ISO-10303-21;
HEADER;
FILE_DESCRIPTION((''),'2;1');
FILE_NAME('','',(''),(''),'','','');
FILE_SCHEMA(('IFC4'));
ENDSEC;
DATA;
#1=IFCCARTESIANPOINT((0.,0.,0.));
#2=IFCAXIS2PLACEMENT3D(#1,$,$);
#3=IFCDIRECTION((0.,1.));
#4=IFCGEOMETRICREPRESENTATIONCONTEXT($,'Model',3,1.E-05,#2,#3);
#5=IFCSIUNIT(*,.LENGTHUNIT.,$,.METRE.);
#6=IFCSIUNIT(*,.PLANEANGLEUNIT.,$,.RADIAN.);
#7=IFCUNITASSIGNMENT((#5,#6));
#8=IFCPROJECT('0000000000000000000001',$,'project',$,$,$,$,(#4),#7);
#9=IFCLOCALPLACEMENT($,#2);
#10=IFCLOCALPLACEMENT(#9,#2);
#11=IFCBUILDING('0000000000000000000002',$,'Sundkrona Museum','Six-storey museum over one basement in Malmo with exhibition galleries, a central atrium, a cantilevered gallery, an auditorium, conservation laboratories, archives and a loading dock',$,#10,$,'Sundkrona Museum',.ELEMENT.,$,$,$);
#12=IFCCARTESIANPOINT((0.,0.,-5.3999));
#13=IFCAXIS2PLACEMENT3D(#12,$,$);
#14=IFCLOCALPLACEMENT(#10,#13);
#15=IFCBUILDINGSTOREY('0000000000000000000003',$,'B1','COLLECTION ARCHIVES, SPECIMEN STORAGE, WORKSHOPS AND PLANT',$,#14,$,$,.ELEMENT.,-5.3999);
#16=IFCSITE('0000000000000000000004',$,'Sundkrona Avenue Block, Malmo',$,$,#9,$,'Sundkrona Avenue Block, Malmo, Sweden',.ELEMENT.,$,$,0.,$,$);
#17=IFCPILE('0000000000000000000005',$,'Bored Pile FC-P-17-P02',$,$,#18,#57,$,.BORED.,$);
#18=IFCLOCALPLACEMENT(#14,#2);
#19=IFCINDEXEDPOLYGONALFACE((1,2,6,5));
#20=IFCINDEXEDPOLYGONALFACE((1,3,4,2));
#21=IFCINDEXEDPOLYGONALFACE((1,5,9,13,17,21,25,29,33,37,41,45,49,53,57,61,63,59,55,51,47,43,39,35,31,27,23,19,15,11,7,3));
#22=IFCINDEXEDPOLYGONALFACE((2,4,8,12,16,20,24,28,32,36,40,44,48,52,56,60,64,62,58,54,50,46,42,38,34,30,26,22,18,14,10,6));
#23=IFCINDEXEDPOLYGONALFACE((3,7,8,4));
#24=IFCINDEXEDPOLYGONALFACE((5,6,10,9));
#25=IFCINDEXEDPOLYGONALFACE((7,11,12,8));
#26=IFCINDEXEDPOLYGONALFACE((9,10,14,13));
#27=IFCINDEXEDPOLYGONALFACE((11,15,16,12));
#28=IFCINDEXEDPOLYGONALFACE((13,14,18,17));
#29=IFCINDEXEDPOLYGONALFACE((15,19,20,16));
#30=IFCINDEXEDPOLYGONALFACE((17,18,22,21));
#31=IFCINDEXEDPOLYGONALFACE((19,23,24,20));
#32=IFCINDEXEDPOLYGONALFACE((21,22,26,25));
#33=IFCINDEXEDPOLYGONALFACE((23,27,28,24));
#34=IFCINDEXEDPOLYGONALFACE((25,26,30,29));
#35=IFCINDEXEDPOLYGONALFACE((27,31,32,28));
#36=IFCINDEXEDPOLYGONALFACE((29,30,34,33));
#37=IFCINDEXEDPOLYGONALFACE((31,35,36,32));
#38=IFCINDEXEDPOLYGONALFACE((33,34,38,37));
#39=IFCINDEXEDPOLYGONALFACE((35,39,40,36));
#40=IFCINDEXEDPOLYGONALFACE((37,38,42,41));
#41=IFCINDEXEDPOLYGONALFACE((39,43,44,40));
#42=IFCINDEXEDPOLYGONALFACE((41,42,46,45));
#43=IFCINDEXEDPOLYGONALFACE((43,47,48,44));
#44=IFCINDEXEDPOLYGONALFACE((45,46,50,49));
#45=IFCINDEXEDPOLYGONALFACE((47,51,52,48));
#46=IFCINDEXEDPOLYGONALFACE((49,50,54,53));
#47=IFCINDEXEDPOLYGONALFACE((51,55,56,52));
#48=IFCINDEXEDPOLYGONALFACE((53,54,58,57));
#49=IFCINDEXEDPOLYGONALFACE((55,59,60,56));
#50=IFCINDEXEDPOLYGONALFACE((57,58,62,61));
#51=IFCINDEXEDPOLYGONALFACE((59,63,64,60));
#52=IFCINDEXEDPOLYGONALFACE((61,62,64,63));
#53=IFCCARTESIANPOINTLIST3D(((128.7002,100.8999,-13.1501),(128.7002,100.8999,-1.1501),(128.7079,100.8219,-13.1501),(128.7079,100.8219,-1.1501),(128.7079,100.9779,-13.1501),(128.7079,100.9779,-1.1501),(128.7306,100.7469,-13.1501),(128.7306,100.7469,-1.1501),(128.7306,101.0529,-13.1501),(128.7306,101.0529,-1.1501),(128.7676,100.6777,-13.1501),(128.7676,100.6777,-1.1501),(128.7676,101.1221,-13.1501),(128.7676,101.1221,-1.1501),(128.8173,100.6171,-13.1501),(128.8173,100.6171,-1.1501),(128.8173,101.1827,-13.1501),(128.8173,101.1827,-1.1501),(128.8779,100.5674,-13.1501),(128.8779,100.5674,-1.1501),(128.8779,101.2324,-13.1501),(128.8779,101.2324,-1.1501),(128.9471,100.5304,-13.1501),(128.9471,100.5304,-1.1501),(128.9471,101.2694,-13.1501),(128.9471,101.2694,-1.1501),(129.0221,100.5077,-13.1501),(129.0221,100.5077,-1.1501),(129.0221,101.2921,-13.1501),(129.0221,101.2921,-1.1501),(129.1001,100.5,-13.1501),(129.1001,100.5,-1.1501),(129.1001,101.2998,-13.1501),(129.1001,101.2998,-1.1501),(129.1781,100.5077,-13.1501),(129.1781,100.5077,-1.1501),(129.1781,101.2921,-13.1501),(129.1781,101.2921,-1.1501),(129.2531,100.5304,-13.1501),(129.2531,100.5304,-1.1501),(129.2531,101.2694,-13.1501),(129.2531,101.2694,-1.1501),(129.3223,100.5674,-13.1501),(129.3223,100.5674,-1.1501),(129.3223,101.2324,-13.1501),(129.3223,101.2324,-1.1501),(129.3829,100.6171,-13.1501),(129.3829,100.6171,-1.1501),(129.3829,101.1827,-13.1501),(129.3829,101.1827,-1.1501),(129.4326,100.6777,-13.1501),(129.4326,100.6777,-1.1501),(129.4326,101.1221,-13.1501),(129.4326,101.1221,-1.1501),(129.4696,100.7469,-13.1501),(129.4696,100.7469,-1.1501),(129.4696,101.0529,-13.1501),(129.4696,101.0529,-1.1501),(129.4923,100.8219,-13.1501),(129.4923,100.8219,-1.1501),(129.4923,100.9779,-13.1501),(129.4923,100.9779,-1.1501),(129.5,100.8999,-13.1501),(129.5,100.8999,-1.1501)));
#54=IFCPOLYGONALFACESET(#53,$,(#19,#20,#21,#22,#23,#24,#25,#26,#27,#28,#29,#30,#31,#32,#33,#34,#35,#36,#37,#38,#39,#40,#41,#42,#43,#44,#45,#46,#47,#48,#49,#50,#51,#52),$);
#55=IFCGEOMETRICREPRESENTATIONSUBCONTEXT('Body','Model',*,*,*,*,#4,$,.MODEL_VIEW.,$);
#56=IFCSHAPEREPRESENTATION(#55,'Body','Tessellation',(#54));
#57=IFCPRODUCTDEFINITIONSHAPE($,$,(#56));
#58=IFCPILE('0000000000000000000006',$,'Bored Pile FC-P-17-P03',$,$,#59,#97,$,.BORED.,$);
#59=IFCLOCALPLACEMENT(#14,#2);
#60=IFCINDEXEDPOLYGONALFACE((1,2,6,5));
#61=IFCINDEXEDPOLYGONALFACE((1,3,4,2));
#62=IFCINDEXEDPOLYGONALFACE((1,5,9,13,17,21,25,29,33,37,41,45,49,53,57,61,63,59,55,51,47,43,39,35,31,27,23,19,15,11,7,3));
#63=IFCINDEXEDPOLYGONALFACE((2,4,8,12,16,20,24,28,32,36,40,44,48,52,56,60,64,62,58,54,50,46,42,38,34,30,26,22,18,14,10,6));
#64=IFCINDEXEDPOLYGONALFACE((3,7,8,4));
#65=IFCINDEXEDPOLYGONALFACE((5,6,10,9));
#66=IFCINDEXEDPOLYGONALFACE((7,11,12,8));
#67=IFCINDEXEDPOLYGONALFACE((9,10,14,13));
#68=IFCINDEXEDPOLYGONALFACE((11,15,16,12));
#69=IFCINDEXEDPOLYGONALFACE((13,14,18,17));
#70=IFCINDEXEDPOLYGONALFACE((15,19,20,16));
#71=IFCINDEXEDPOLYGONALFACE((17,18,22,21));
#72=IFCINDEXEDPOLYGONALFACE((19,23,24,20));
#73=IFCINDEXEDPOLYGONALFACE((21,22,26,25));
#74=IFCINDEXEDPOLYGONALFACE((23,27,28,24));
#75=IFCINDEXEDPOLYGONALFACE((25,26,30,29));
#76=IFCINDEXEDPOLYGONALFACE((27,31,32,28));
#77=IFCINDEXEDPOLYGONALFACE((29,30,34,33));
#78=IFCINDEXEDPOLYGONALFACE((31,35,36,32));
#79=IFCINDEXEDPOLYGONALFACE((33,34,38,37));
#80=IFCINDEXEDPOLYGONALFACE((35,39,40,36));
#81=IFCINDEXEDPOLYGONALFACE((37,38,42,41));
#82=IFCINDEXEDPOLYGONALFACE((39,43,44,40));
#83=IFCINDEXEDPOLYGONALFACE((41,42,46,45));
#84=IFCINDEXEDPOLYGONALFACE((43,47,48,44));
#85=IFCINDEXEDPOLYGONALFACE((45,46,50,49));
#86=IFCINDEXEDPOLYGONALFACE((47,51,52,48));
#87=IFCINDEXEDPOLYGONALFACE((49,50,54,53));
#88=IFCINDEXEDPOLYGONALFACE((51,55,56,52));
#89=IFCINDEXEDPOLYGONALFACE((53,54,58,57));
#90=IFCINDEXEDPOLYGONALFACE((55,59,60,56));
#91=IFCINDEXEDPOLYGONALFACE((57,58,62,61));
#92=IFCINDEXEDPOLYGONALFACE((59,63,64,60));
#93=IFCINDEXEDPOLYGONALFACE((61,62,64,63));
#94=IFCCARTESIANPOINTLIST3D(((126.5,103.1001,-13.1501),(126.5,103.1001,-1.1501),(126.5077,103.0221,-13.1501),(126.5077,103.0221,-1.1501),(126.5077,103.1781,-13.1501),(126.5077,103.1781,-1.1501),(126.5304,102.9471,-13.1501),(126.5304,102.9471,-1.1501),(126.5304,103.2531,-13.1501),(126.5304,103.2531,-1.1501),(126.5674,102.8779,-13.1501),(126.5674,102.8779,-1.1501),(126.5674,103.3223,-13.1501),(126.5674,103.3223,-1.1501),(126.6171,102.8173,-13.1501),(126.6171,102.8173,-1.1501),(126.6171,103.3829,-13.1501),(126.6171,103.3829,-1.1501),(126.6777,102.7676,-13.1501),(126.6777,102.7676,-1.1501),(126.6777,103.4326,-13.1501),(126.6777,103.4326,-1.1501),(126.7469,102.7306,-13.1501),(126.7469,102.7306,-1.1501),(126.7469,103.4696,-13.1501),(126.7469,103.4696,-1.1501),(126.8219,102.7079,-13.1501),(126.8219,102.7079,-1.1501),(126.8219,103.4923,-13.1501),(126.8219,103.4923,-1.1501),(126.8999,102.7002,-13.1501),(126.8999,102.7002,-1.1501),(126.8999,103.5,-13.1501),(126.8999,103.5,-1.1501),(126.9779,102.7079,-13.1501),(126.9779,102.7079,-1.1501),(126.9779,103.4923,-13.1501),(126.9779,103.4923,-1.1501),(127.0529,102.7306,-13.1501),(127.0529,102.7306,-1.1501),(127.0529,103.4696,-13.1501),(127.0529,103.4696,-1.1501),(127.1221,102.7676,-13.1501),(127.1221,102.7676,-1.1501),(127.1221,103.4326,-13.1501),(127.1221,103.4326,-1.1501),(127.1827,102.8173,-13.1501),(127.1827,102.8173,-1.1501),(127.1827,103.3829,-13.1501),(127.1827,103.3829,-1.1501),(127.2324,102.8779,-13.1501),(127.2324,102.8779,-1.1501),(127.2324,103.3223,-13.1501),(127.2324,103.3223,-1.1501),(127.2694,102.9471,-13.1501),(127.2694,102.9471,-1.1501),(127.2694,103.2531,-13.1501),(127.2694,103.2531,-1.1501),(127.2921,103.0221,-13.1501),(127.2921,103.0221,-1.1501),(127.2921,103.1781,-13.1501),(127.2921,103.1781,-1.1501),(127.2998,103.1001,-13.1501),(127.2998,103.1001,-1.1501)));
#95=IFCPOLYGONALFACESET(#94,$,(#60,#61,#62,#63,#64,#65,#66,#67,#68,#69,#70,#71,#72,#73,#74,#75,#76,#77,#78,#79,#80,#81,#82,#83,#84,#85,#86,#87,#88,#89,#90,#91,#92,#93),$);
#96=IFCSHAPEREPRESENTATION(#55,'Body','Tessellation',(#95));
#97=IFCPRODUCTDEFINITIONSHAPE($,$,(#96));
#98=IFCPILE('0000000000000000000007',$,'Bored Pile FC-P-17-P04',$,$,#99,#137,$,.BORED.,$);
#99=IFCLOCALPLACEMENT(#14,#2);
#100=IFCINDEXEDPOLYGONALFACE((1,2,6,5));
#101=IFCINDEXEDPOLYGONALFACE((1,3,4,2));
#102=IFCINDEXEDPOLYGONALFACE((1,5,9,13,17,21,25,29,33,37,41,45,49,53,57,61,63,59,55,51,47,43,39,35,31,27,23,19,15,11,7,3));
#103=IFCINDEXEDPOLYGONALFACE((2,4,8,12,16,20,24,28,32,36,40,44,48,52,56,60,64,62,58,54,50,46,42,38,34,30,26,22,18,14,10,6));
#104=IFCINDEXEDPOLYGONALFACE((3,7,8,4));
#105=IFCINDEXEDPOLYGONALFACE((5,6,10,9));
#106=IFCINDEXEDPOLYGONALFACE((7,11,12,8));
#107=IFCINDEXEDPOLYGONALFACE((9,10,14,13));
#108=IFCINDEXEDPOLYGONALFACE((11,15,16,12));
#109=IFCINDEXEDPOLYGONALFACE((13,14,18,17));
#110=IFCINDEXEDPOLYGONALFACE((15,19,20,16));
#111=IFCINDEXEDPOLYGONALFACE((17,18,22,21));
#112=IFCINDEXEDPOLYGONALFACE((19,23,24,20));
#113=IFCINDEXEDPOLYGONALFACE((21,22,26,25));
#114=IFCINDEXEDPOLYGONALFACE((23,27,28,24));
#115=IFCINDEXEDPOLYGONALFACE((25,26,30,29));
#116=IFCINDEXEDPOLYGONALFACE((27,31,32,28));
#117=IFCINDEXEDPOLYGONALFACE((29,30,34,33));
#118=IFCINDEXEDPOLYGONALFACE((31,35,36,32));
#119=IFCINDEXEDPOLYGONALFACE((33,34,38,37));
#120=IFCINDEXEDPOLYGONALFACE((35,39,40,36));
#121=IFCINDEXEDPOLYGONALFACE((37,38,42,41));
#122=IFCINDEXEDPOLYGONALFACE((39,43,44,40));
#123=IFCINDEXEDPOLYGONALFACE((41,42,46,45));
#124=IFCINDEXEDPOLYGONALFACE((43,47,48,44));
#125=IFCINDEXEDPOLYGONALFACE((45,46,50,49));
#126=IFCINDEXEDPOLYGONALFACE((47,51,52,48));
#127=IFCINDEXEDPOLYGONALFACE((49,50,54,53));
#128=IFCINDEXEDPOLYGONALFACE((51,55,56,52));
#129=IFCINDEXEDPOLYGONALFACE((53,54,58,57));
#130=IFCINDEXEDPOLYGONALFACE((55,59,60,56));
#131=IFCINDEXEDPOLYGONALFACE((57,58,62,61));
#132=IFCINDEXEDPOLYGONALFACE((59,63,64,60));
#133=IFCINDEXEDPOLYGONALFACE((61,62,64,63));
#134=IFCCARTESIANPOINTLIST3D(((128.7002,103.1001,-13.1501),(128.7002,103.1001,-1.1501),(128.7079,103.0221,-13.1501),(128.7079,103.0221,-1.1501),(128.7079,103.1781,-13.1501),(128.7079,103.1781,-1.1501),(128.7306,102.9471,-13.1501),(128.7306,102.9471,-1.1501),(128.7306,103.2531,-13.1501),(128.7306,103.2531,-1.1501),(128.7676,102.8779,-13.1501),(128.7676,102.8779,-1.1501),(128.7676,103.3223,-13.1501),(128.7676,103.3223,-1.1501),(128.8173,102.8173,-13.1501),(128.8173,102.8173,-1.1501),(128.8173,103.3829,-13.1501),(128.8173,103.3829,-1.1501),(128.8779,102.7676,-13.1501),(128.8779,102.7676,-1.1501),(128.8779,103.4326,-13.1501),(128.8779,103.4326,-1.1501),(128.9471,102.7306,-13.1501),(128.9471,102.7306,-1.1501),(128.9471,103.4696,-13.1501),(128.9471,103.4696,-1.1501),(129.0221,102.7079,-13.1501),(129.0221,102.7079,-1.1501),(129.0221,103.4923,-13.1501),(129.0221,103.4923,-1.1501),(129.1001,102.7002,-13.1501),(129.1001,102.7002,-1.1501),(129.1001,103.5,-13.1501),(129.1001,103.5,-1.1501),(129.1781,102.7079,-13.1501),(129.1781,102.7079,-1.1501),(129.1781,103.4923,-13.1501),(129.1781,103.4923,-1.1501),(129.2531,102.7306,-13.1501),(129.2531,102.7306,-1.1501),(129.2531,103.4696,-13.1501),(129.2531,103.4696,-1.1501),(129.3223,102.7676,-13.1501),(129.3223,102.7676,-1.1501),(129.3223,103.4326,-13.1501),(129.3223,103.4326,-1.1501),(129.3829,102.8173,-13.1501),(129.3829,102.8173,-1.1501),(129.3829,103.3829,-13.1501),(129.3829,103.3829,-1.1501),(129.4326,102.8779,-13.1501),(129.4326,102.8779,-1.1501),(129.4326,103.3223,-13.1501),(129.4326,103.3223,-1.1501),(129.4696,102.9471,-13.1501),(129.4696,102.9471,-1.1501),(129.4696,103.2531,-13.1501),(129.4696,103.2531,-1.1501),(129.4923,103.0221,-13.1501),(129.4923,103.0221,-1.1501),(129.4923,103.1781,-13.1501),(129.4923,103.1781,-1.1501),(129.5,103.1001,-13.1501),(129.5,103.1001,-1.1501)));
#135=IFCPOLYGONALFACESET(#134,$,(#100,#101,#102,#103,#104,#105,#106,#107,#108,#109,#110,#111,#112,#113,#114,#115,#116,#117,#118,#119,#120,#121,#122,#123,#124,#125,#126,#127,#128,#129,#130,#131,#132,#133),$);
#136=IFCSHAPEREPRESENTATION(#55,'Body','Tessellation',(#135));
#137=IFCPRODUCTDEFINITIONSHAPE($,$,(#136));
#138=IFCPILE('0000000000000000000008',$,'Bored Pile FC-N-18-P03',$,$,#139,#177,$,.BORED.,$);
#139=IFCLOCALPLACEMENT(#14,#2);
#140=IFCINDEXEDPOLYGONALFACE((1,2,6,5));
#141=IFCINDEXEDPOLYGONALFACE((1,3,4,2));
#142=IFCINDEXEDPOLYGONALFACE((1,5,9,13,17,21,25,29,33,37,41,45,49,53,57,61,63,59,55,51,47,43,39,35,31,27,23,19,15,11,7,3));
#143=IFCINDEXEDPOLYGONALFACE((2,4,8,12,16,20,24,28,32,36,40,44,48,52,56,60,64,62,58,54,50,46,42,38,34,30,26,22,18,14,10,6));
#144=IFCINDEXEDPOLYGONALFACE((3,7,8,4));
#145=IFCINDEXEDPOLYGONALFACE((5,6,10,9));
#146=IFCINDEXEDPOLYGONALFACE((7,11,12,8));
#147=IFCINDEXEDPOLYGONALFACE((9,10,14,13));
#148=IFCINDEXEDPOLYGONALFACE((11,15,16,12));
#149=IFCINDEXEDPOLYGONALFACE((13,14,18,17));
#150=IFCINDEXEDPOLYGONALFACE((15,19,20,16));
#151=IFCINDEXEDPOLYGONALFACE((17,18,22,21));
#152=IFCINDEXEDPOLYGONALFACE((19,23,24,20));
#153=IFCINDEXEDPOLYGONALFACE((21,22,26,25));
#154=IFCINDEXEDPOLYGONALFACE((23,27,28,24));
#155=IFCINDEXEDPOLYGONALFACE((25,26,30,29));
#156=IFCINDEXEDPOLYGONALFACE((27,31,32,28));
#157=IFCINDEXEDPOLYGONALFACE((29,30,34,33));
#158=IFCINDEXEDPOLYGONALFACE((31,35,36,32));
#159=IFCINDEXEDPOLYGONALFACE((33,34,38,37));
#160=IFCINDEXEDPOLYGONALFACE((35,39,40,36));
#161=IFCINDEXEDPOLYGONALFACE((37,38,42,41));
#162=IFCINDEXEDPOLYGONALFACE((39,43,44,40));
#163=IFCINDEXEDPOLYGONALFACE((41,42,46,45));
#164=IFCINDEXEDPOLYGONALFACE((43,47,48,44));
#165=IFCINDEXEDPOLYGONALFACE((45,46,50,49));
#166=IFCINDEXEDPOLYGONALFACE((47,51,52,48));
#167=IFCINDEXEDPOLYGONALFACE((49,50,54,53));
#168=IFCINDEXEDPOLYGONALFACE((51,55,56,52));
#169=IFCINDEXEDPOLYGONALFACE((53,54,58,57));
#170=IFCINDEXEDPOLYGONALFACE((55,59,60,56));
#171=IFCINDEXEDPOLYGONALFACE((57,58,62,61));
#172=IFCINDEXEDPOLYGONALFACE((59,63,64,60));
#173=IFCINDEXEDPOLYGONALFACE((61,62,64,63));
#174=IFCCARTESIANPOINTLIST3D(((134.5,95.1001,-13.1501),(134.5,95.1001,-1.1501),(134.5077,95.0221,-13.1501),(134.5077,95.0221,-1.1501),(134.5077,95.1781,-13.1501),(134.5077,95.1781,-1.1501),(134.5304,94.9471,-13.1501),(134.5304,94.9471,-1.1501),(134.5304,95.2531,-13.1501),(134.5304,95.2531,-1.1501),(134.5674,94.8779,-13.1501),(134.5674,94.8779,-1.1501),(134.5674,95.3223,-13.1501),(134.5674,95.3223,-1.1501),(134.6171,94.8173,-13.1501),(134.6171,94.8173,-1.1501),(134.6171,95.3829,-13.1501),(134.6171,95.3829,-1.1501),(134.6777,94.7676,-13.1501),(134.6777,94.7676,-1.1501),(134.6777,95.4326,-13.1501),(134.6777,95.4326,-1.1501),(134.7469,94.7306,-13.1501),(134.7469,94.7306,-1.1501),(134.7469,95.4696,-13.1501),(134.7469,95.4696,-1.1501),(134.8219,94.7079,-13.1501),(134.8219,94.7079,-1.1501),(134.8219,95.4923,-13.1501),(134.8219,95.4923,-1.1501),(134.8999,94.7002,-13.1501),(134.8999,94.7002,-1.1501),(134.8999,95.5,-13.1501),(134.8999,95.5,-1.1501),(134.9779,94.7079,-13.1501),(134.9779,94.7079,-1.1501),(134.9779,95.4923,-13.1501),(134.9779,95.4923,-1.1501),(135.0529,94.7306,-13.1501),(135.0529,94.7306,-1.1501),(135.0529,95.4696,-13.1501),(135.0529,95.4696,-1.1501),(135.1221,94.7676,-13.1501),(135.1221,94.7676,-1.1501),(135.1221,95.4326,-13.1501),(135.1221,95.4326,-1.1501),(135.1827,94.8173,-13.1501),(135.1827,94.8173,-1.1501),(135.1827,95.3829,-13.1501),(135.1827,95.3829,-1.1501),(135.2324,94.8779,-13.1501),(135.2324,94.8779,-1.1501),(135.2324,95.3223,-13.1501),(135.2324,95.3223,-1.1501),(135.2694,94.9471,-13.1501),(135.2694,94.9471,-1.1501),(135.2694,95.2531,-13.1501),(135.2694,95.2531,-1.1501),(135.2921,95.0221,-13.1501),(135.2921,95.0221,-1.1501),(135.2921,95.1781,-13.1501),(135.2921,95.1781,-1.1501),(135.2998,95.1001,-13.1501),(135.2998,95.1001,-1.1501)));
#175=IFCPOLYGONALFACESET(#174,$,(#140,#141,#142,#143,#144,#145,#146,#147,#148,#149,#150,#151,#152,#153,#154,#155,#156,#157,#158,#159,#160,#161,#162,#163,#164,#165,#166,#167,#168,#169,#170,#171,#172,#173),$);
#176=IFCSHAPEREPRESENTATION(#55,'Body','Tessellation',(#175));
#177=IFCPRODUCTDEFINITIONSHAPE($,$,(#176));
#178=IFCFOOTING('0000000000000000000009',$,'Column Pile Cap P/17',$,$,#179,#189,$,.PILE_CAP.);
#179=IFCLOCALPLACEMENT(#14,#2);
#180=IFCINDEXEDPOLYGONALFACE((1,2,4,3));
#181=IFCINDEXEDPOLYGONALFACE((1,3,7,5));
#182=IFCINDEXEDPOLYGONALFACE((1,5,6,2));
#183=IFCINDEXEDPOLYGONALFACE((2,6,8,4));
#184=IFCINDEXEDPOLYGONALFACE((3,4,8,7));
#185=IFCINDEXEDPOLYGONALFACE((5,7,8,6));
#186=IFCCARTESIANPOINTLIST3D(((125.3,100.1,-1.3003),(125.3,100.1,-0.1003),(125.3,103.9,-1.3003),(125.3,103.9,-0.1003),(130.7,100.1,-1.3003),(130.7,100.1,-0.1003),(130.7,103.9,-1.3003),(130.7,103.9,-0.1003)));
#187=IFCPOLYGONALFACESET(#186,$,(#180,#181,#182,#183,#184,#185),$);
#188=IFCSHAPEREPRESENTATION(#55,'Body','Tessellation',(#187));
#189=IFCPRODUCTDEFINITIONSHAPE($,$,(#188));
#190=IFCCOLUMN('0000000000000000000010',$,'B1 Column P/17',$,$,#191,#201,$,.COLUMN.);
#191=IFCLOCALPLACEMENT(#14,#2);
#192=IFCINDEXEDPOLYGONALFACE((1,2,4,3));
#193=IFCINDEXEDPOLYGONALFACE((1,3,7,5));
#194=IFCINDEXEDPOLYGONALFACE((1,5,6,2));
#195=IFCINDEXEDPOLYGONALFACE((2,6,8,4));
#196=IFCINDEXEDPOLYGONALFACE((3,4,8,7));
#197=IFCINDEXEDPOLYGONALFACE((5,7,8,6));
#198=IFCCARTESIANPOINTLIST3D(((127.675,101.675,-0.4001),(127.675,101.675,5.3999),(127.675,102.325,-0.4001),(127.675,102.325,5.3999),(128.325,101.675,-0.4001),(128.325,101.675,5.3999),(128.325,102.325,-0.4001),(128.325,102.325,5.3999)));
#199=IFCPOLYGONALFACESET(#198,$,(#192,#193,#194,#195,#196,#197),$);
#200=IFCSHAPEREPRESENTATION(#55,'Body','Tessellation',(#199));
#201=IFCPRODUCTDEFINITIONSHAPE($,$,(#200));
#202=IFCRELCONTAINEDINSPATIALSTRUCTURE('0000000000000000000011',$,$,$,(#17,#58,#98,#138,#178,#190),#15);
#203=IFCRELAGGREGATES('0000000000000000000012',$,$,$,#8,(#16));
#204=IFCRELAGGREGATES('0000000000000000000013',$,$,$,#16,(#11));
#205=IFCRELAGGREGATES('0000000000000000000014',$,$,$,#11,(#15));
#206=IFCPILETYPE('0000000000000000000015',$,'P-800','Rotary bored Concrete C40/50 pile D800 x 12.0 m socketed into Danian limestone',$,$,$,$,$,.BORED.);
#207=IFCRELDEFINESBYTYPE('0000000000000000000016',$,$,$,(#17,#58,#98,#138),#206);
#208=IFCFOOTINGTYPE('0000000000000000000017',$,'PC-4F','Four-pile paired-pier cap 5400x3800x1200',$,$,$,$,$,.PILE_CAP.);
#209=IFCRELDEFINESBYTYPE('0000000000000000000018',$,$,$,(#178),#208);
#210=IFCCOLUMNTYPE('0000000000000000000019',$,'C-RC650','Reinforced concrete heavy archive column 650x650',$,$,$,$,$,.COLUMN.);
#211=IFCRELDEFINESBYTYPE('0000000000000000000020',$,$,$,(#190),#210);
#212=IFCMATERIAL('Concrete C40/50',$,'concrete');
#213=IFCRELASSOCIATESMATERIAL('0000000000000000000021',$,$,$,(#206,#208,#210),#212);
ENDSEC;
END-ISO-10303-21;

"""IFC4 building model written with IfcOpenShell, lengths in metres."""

from ifc_helpers import new_model, si_unit, direction, frame, origin, origin_2d, place, context, subcontext, project, spatial, rectangle, circle, extrude, material, material_profile, profile_set, type_object, element, save


model = new_model("IFC4")

# Units and contexts
model_context = context("Model", 3, precision=1e-05, world=origin(), true_north=direction((0.0, 1.0)))
body_context = subcontext(model_context, "Body", "Model", "MODEL_VIEW")
ifc_project = project(units=[si_unit("LENGTHUNIT", "METRE"), si_unit("PLANEANGLEUNIT", "RADIAN")], contexts=[model_context])

# Site, building, storey
site_placement = place(None, origin())
site = spatial("IfcSite", under=ifc_project, at=site_placement, Name="Sundkrona Avenue Block, Malmo", LongName="Sundkrona Avenue Block, Malmo, Sweden", CompositionType="ELEMENT", RefElevation=0.0)
building_placement = place(site_placement, origin())
building = spatial("IfcBuilding", under=site, at=building_placement, Name="Sundkrona Museum", Description="Six-storey museum over one basement in Malmo with exhibition galleries, a central atrium, a cantilevered gallery, an auditorium, conservation laboratories, archives and a loading dock", LongName="Sundkrona Museum", CompositionType="ELEMENT")
storey_placement = place(building_placement, frame((0.0, 0.0, -5.3999)))
storey = spatial("IfcBuildingStorey", under=building, at=storey_placement, Name="B1", Description="COLLECTION ARCHIVES, SPECIMEN STORAGE, WORKSHOPS AND PLANT", CompositionType="ELEMENT", Elevation=-5.3999)

# Shared definitions
ifc_material_1 = material(Name="Concrete C40/50", Category="concrete")

# Piles
ifc_material_profile_1 = material_profile(ifc_material_1, circle(Radius=0.3999, at=origin_2d()), Name="PILE D800")
ifc_profile_set_1 = profile_set([ifc_material_profile_1], Name="Concrete C40/50")
pile_type = type_object("IfcPileType", Name="P-800", Description="Rotary bored Concrete C40/50 pile D800 x 12.0 m socketed into Danian limestone", PredefinedType="BORED", material=ifc_profile_set_1)
for number, where, z_axis, x_axis, name in (
    (1, (129.1001, 100.8999, -1.1501), (0.0, 0.0, -1.0), (1.0, 0.0, 0.0), "Bored Pile FC-P-17-P02"),
    (2, (126.8999, 103.1001, -1.1501), (0.0, 0.0, -1.0), (1.0, 0.0, 0.0), "Bored Pile FC-P-17-P03"),
    (3, (129.1001, 103.1001, -1.1501), (0.0, 0.0, -1.0), (1.0, 0.0, 0.0), "Bored Pile FC-P-17-P04"),
    (4, (134.8999, 95.1001, -1.1501), (0.0, 0.0, -1.0), (1.0, 0.0, 0.0), "Bored Pile FC-N-18-P03"),
):
    element("IfcPile", number, at=place(storey_placement, frame(where, z_axis=z_axis, x_axis=x_axis)), inside=storey, type_object=pile_type, Name=name, PredefinedType="BORED", context=body_context, shape_type="SweptSolid", body=[
        extrude(circle(Radius=0.3999, at=origin_2d()), origin(), (0.0, 0.0, 1.0), 12.0),
    ])

# Footing
footing_type_1 = type_object("IfcFootingType", Name="PC-4F", Description="Four-pile paired-pier cap 5400x3800x1200", PredefinedType="PILE_CAP", material=ifc_material_1)
footing_1_placement = place(storey_placement, frame((128.0, 102.0, -1.3003), z_axis=(0.0, 0.0, 1.0), x_axis=(1.0, 0.0, 0.0)))
element("IfcFooting", 5, at=footing_1_placement, inside=storey, type_object=footing_type_1, Name="Column Pile Cap P/17", PredefinedType="PILE_CAP", context=body_context, shape_type="SweptSolid", body=[
    extrude(rectangle(XDim=5.3999, YDim=3.8, at=origin_2d()), origin(), (0.0, 0.0, 1.0), 1.2),
])

# Column
ifc_material_profile_2 = material_profile(ifc_material_1, rectangle(XDim=0.6499, YDim=0.6499, at=origin_2d()), Name="RC 650x650")
ifc_profile_set_2 = profile_set([ifc_material_profile_2], Name="Concrete C40/50")
column_type = type_object("IfcColumnType", Name="C-RC650", Description="Reinforced concrete heavy archive column 650x650", PredefinedType="COLUMN", material=ifc_profile_set_2)
column_placement = place(storey_placement, frame((128.0, 102.0, -0.4001), z_axis=(0.0, 0.0, 1.0), x_axis=(1.0, 0.0, 0.0)))
element("IfcColumn", 6, at=column_placement, inside=storey, type_object=column_type, Name="B1 Column P/17", PredefinedType="COLUMN", context=body_context, shape_type="SweptSolid", body=[
    extrude(rectangle(XDim=0.6499, YDim=0.6499, at=origin_2d()), origin(), (0.0, 0.0, 1.0), 5.8),
])

save(model, "model.ifc")
